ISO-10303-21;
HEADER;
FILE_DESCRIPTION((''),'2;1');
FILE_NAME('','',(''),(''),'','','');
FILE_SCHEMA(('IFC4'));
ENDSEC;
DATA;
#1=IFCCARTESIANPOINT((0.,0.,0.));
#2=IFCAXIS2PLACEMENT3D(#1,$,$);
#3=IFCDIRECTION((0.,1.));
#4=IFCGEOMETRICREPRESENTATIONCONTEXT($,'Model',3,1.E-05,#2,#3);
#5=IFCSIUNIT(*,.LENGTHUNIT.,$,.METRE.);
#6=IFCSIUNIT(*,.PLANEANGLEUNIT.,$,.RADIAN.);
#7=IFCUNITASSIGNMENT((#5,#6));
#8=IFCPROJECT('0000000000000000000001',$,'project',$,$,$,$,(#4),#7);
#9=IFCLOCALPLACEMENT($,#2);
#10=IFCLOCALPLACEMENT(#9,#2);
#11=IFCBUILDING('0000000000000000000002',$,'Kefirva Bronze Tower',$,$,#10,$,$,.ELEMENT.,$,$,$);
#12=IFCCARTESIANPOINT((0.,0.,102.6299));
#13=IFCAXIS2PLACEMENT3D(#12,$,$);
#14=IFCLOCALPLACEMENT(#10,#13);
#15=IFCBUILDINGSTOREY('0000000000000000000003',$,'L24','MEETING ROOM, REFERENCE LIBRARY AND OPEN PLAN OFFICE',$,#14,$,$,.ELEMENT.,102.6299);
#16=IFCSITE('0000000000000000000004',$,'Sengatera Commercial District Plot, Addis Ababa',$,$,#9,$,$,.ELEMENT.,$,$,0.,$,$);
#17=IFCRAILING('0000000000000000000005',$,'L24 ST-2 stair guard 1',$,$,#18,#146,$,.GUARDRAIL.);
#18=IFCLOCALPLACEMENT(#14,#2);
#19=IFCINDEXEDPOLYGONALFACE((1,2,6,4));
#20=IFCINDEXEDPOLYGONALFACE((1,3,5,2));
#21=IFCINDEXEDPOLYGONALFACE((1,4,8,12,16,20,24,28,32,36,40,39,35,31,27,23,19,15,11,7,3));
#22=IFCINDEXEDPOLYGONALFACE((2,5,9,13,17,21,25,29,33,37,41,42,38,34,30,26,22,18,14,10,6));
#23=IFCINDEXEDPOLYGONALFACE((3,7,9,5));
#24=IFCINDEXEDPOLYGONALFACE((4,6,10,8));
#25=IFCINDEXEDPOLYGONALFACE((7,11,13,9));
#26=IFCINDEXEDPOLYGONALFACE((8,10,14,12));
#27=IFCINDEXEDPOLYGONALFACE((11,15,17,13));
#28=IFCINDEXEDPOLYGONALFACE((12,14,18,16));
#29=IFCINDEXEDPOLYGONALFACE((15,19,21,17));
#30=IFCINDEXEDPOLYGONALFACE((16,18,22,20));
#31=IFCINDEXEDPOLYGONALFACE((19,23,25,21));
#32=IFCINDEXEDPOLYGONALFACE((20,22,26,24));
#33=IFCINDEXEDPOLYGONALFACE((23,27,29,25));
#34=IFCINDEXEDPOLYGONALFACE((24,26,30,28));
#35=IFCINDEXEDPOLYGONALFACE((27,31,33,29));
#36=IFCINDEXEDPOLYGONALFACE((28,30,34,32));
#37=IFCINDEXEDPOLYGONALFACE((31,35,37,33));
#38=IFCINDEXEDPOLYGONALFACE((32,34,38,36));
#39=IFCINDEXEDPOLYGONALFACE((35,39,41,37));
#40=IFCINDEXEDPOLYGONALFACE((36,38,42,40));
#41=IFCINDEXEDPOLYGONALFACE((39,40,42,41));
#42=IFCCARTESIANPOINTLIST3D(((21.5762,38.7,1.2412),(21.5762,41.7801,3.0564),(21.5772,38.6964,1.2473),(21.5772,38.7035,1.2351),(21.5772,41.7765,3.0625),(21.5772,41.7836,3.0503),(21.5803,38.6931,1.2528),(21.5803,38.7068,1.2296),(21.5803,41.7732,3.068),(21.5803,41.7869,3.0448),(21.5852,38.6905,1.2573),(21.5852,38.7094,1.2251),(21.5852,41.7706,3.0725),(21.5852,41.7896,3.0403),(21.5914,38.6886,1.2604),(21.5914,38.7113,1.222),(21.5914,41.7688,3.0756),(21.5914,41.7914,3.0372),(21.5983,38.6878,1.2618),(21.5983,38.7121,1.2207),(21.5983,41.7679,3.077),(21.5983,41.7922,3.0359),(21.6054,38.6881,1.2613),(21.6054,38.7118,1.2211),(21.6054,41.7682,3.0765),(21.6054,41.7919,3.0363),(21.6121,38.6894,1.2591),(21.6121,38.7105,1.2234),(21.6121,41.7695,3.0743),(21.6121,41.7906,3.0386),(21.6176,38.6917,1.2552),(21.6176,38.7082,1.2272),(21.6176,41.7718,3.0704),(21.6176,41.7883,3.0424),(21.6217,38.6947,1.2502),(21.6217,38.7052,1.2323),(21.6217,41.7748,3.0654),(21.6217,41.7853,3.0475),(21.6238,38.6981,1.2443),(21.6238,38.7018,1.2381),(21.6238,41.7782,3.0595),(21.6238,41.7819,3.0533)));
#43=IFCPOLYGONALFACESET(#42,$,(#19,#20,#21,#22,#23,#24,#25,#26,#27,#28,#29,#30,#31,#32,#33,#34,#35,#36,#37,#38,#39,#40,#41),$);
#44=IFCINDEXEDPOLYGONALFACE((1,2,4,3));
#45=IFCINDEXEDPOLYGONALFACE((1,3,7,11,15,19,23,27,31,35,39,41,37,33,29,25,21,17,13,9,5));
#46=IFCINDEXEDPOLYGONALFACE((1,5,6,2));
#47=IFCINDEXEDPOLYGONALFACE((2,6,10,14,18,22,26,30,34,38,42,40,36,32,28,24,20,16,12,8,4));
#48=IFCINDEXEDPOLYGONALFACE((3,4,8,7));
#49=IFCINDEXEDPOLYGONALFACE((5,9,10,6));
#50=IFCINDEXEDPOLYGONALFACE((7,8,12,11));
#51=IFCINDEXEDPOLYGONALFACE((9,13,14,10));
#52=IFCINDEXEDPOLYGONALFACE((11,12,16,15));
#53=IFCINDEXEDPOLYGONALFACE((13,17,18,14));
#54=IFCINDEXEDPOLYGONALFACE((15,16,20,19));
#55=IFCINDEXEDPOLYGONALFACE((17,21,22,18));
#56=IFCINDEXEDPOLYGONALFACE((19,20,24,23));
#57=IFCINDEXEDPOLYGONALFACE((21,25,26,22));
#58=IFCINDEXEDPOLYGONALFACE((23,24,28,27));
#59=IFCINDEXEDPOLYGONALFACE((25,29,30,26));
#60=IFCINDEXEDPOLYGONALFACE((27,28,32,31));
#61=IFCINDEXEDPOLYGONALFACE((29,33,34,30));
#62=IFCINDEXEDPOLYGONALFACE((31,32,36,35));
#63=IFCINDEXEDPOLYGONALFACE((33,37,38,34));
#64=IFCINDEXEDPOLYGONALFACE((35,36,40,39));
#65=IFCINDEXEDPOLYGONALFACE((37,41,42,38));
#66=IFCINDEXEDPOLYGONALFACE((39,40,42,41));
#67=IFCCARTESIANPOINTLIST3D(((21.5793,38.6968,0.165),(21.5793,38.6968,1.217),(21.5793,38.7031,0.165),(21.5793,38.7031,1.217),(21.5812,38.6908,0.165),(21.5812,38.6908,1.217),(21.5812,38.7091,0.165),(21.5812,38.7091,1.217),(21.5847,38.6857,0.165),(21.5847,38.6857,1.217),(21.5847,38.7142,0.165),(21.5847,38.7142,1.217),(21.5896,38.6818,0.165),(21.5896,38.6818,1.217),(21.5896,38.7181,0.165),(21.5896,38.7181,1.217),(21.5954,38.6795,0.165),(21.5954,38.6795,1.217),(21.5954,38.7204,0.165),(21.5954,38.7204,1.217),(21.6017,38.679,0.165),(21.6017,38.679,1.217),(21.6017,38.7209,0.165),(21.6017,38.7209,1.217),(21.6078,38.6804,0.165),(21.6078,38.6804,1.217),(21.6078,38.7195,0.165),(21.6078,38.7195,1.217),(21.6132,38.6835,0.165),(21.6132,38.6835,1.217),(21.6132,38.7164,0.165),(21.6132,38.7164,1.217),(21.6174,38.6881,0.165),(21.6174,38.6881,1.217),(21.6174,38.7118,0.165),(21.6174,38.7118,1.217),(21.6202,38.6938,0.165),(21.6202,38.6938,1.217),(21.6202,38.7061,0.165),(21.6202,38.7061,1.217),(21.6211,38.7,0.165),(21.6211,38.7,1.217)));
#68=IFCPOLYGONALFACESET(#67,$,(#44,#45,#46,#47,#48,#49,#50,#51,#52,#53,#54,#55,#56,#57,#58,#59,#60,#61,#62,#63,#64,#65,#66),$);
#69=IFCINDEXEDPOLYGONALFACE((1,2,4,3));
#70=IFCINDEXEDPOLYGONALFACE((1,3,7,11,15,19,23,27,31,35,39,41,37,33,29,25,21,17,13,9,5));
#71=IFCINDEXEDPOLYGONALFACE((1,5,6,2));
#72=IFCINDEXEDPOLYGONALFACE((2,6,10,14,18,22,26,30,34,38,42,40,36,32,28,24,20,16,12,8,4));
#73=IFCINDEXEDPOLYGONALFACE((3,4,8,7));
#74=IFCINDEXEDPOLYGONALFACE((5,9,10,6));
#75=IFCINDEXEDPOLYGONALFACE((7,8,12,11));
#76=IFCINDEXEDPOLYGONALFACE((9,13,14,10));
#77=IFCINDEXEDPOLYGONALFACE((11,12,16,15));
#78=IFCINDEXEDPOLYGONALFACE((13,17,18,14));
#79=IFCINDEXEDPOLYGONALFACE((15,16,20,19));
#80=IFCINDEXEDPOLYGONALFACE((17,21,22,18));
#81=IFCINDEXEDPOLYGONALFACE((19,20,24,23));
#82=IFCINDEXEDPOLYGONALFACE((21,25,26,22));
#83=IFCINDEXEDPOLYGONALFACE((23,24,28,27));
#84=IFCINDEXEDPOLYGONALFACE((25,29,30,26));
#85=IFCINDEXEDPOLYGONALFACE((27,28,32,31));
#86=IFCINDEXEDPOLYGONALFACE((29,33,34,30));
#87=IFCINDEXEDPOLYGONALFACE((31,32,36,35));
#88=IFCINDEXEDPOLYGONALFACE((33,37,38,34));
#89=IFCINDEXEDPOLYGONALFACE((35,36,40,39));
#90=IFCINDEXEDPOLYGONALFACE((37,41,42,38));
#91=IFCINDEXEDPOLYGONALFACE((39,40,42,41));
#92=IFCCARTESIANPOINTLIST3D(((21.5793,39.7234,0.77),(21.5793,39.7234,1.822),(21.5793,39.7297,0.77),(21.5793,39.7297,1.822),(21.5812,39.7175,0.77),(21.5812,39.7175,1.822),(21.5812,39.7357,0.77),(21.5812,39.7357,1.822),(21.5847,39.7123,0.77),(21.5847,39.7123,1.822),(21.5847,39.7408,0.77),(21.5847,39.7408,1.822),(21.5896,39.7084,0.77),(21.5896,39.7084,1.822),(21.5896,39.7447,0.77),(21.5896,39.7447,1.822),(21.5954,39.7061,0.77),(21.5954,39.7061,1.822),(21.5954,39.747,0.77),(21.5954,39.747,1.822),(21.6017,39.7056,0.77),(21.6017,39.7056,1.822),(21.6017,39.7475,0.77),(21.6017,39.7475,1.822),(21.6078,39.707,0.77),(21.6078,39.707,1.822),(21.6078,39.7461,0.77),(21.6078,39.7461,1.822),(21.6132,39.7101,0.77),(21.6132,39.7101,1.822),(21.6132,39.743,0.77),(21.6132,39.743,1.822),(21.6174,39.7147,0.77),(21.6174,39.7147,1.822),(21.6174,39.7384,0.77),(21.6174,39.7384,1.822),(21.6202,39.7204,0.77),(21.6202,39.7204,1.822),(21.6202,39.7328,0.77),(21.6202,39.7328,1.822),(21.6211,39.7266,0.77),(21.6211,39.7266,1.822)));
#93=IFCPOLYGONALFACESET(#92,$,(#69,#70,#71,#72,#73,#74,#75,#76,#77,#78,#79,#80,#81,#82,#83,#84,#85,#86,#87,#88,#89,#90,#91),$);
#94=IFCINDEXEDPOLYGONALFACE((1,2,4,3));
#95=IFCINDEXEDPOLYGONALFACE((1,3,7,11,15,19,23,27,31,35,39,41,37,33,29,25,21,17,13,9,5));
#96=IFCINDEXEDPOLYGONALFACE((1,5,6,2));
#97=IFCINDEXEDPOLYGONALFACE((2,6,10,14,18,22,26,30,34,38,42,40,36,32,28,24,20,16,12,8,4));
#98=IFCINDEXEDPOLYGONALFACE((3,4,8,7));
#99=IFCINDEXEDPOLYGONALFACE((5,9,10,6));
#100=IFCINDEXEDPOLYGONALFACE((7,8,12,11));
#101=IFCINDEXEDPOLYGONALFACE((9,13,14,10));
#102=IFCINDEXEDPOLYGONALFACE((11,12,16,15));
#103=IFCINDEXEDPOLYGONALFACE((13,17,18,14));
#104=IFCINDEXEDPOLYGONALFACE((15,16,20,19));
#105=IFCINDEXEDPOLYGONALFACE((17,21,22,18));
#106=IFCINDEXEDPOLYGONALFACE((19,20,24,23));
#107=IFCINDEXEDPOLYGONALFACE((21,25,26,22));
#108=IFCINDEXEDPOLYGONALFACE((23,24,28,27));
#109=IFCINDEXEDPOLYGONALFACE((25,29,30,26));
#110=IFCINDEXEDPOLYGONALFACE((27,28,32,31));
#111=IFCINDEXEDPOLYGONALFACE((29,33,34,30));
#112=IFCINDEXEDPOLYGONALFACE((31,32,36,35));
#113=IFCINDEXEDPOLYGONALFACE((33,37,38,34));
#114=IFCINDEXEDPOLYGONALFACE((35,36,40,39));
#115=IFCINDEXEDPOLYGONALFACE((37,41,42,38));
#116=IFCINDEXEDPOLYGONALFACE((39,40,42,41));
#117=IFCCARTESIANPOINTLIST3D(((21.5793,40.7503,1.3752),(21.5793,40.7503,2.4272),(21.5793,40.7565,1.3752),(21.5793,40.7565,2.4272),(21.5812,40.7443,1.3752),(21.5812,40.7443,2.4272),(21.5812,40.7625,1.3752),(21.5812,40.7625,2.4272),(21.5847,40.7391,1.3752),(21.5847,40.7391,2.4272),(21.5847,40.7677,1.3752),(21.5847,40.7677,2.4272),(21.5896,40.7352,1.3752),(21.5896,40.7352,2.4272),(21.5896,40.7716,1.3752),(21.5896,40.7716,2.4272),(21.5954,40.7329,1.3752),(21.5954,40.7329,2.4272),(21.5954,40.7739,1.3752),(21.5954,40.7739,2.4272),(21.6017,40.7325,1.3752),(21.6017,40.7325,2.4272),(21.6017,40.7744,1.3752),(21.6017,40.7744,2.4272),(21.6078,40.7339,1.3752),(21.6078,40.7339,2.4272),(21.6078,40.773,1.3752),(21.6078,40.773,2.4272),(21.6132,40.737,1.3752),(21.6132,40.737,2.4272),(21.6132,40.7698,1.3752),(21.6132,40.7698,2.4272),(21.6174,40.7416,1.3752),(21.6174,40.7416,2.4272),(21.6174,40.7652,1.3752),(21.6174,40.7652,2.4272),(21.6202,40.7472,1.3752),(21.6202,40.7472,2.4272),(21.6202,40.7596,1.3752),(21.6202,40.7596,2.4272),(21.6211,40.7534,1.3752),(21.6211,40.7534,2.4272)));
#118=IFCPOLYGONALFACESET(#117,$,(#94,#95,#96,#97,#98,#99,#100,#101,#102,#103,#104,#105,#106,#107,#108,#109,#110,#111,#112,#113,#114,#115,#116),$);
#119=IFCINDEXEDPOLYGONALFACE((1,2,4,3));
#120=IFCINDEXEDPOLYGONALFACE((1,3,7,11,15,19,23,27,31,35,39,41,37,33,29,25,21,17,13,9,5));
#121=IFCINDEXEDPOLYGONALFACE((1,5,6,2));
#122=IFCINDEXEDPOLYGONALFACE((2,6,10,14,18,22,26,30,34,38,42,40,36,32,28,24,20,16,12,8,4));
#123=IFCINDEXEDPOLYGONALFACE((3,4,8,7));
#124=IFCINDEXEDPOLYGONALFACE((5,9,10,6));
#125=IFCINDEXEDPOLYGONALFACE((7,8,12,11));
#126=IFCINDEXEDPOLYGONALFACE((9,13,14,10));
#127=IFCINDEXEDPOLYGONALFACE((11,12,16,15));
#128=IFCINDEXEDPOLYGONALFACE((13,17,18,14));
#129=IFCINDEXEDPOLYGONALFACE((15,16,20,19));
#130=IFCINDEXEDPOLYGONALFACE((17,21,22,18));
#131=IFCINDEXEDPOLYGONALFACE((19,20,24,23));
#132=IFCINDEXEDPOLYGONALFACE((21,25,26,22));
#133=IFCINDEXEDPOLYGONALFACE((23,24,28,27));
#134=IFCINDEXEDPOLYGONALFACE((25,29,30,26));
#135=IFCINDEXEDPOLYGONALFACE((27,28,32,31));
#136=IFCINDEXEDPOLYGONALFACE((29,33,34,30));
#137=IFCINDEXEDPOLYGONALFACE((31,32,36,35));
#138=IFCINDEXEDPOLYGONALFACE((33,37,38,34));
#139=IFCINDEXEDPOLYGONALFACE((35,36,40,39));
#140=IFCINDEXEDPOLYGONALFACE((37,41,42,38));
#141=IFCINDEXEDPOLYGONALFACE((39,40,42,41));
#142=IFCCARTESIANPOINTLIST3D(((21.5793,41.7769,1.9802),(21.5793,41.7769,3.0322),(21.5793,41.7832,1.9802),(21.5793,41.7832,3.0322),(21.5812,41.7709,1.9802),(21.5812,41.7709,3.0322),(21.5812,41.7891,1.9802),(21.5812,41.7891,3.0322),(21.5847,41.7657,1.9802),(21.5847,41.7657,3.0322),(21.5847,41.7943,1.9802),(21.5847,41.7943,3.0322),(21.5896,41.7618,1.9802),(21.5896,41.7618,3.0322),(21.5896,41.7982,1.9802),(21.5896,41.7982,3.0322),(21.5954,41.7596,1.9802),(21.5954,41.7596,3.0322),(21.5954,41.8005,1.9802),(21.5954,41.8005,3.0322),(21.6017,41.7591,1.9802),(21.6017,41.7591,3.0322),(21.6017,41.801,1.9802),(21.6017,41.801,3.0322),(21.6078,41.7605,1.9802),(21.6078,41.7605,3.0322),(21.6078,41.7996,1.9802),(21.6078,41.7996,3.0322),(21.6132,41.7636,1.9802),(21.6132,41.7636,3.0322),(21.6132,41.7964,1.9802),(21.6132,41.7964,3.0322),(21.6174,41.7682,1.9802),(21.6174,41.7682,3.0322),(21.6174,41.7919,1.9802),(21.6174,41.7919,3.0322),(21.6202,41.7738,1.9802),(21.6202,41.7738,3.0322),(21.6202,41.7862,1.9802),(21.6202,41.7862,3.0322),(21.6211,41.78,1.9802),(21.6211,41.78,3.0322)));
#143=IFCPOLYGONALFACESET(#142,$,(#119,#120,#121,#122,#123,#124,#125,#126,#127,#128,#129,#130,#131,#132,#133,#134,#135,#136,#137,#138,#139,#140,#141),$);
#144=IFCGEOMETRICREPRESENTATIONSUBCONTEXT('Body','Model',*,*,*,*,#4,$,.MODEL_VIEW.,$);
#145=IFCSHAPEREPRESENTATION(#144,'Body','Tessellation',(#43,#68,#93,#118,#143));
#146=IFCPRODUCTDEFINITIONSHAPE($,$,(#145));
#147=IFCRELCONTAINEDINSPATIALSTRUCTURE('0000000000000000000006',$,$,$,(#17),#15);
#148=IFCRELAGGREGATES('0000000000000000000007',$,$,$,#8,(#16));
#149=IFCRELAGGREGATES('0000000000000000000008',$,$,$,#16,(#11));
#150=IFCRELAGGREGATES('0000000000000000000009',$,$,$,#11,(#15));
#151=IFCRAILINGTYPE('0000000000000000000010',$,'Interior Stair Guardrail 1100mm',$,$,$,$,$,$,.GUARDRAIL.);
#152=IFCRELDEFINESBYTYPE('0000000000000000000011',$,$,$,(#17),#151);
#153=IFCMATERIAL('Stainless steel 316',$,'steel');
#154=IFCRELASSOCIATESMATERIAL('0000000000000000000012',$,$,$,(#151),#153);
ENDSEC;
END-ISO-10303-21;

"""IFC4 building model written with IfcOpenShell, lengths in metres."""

from ifc_helpers import new_model, si_unit, direction, frame, origin, origin_2d, place, context, subcontext, project, spatial, circle, extrude, material, type_object, element, save


model = new_model("IFC4")

# Units and contexts
model_context = context("Model", 3, precision=1e-05, world=origin(), true_north=direction((0.0, 1.0)))
body_context = subcontext(model_context, "Body", "Model", "MODEL_VIEW")
ifc_project = project(units=[si_unit("LENGTHUNIT", "METRE"), si_unit("PLANEANGLEUNIT", "RADIAN")], contexts=[model_context])

# Site, building, storey
site_placement = place(None, origin())
site = spatial("IfcSite", under=ifc_project, at=site_placement, Name="Sengatera Commercial District Plot, Addis Ababa", CompositionType="ELEMENT", RefElevation=0.0)
building_placement = place(site_placement, origin())
building = spatial("IfcBuilding", under=site, at=building_placement, Name="Kefirva Bronze Tower", CompositionType="ELEMENT")
storey_placement = place(building_placement, frame((0.0, 0.0, 102.6299)))
storey = spatial("IfcBuildingStorey", under=building, at=storey_placement, Name="L24", Description="MEETING ROOM, REFERENCE LIBRARY AND OPEN PLAN OFFICE", CompositionType="ELEMENT", Elevation=102.6299)

# Railing
ifc_material_1 = material(Name="Stainless steel 316", Category="steel")
railing_type_1 = type_object("IfcRailingType", Name="Interior Stair Guardrail 1100mm", PredefinedType="GUARDRAIL", material=ifc_material_1)
railing_1_placement = place(storey_placement, frame((21.6001, 38.7, 0.165)))
element("IfcRailing", 1, at=railing_1_placement, inside=storey, type_object=railing_type_1, Name="L24 ST-2 stair guard 1", PredefinedType="GUARDRAIL", context=body_context, shape_type="SweptSolid", body=[
    extrude(circle(Radius=0.0239, at=origin_2d()), frame((0.0, 0.0, 1.0762), z_axis=(0.0, 0.861521, 0.507721), x_axis=(-1.0, 0.0, 0.0)), (0.0, 0.0, 1.0), 3.5752),
    extrude(circle(Radius=0.021, at=origin_2d()), origin(), (0.0, 0.0, 1.0), 1.052),
    extrude(circle(Radius=0.021, at=origin_2d()), frame((0.0, 1.0266, 0.605)), (0.0, 0.0, 1.0), 1.052),
    extrude(circle(Radius=0.021, at=origin_2d()), frame((0.0, 2.0535, 1.2102)), (0.0, 0.0, 1.0), 1.052),
    extrude(circle(Radius=0.021, at=origin_2d()), frame((0.0, 3.0801, 1.8152)), (0.0, 0.0, 1.0), 1.052),
])

save(model, "model.ifc")
